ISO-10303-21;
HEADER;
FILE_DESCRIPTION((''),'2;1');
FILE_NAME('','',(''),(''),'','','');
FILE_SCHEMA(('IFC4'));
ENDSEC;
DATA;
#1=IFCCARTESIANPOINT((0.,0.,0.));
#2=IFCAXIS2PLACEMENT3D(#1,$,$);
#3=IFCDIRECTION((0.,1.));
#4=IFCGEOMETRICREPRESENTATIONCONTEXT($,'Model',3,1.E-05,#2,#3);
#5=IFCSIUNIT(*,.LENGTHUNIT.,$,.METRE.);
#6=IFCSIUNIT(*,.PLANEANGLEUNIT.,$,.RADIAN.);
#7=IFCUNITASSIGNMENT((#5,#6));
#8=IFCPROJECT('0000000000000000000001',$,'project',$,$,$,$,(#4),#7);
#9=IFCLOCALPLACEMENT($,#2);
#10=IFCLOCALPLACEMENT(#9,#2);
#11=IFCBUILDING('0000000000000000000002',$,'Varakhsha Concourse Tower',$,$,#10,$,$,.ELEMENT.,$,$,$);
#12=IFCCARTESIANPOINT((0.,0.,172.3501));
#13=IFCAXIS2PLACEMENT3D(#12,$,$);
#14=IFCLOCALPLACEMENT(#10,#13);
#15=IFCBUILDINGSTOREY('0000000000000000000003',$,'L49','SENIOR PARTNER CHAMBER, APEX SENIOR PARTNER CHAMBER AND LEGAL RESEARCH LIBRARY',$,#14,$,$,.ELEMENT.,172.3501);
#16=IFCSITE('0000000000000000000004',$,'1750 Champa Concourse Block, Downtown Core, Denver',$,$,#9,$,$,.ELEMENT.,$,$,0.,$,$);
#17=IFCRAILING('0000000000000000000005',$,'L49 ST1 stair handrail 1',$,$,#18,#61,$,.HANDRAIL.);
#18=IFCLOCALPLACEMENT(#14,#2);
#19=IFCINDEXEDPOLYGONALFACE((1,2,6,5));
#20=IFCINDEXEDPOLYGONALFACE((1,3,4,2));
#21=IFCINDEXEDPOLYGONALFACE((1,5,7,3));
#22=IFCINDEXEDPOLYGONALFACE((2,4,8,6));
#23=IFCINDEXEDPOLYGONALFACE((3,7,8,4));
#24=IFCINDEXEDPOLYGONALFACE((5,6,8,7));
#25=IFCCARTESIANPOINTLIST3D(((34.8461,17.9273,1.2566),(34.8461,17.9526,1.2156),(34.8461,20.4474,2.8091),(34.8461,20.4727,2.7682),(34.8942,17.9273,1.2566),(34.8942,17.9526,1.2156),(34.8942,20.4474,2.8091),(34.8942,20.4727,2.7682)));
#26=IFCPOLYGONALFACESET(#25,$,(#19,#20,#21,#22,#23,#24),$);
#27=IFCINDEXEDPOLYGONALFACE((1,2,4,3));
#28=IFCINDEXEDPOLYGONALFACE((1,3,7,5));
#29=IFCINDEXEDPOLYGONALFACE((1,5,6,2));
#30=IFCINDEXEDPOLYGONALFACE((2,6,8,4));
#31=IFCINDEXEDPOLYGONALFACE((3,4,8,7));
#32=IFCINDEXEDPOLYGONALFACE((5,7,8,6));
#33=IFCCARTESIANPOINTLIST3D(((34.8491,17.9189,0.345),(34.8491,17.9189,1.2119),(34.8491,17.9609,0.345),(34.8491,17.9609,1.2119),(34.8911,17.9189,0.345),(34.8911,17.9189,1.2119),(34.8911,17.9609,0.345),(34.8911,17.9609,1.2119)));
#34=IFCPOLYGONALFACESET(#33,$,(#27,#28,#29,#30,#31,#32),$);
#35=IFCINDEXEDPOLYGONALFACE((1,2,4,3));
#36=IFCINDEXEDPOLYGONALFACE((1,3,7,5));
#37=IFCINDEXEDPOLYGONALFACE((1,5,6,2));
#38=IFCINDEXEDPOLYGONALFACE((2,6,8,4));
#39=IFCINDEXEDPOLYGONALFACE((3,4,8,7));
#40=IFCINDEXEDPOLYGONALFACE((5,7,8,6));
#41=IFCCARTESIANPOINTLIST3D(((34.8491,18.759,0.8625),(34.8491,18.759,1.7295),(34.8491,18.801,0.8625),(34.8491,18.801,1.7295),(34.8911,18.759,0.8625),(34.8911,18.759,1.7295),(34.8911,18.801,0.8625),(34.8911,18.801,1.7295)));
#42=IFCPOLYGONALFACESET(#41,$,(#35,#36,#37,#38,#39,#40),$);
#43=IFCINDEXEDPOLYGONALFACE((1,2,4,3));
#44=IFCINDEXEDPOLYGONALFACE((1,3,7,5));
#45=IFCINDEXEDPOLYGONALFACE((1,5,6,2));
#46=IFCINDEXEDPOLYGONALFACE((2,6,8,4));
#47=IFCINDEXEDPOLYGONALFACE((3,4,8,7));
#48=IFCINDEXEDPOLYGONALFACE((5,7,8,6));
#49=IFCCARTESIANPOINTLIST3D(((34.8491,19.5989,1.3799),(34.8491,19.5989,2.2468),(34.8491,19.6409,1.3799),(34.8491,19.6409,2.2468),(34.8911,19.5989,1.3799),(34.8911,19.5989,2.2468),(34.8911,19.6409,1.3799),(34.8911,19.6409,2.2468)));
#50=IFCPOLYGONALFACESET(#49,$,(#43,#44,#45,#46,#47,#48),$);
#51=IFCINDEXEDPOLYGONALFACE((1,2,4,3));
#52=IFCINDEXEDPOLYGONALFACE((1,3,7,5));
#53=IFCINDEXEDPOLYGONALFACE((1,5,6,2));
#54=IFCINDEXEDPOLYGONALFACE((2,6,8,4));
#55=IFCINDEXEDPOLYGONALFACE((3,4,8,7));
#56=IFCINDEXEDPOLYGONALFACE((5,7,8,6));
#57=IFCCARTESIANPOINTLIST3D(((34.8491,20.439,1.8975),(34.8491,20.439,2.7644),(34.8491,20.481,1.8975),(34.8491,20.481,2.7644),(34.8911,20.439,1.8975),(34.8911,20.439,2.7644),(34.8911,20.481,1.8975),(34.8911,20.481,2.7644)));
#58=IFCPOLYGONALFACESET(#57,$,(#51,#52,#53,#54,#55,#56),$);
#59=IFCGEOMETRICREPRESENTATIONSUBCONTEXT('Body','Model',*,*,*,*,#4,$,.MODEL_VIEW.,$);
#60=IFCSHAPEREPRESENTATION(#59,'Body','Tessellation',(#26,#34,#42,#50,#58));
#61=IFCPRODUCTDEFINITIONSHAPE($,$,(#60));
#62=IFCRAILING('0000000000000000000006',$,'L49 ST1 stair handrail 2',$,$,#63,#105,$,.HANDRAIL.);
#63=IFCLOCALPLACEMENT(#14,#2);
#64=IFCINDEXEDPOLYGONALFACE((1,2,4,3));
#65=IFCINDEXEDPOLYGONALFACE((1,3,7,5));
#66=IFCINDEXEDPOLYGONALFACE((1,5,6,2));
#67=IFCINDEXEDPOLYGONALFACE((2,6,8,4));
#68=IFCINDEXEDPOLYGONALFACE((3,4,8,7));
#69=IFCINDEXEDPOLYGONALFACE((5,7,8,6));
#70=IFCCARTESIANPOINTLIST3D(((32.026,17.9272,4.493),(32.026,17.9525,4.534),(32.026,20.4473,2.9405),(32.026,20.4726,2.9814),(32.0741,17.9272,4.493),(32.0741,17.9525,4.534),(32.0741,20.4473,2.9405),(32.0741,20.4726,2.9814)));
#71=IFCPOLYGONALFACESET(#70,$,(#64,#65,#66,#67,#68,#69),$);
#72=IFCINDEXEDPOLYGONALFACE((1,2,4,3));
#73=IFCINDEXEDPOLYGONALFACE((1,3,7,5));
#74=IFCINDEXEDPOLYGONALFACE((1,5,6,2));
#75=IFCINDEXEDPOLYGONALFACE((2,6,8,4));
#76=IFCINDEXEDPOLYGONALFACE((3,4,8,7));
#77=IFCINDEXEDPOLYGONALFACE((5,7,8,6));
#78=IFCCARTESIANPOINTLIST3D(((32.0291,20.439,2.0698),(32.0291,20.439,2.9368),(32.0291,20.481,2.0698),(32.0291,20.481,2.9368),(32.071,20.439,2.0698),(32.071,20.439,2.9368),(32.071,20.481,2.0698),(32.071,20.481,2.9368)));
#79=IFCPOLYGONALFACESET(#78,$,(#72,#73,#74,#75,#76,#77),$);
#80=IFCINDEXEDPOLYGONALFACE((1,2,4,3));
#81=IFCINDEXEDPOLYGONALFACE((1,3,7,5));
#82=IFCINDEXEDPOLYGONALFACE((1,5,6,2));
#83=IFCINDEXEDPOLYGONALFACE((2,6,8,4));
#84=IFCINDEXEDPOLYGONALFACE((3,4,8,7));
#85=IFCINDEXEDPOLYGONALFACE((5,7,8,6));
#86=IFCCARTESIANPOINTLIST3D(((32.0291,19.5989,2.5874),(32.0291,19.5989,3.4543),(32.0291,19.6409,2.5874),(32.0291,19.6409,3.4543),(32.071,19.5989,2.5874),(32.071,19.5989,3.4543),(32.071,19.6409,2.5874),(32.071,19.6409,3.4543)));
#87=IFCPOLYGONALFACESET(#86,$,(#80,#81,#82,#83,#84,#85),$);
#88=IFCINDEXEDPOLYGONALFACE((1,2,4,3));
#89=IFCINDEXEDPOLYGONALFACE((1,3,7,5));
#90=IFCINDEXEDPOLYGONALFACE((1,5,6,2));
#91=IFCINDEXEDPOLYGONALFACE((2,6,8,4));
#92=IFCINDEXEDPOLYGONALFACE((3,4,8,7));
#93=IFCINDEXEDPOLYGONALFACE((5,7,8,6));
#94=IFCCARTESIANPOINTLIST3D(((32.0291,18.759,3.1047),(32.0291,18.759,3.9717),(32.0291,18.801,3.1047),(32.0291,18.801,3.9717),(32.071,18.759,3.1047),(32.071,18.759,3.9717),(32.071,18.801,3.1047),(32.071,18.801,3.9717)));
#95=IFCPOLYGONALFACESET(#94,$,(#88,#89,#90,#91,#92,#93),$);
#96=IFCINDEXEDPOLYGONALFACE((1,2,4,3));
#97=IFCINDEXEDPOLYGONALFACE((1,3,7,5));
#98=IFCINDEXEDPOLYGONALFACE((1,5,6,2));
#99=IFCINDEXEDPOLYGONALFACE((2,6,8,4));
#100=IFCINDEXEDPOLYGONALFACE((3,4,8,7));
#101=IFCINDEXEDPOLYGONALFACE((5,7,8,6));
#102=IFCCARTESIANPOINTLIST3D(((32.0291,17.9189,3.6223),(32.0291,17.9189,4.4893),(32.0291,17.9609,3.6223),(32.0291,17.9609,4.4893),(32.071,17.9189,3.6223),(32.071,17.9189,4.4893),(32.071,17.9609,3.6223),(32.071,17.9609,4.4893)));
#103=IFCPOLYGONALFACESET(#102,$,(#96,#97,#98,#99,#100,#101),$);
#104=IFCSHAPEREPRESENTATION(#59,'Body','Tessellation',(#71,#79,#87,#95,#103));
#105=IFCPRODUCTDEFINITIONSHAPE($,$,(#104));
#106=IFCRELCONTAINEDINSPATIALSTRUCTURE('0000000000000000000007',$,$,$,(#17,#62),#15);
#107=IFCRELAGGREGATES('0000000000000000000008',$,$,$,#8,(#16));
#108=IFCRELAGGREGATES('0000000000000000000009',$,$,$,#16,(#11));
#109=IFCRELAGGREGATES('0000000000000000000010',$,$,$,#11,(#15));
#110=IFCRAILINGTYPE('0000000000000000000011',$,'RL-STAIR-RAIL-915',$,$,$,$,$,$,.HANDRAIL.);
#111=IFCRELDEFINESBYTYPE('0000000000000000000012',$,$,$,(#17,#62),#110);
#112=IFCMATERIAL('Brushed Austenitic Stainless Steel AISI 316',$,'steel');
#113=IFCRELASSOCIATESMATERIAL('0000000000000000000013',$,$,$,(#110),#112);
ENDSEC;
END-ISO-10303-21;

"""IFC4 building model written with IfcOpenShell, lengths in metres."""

from ifc_helpers import new_model, si_unit, direction, frame, origin, origin_2d, place, context, subcontext, project, spatial, rectangle, extrude, material, type_object, element, save


model = new_model("IFC4")

# Units and contexts
model_context = context("Model", 3, precision=1e-05, world=origin(), true_north=direction((0.0, 1.0)))
body_context = subcontext(model_context, "Body", "Model", "MODEL_VIEW")
ifc_project = project(units=[si_unit("LENGTHUNIT", "METRE"), si_unit("PLANEANGLEUNIT", "RADIAN")], contexts=[model_context])

# Site, building, storey
site_placement = place(None, origin())
site = spatial("IfcSite", under=ifc_project, at=site_placement, Name="1750 Champa Concourse Block, Downtown Core, Denver", CompositionType="ELEMENT", RefElevation=0.0)
building_placement = place(site_placement, origin())
building = spatial("IfcBuilding", under=site, at=building_placement, Name="Varakhsha Concourse Tower", CompositionType="ELEMENT")
storey_placement = place(building_placement, frame((0.0, 0.0, 172.3501)))
storey = spatial("IfcBuildingStorey", under=building, at=storey_placement, Name="L49", Description="SENIOR PARTNER CHAMBER, APEX SENIOR PARTNER CHAMBER AND LEGAL RESEARCH LIBRARY", CompositionType="ELEMENT", Elevation=172.3501)

# Railings
ifc_material_1 = material(Name="Brushed Austenitic Stainless Steel AISI 316", Category="steel")
railing_type_1 = type_object("IfcRailingType", Name="RL-STAIR-RAIL-915", PredefinedType="HANDRAIL", material=ifc_material_1)
railing_1_placement = place(storey_placement, frame((34.8701, 17.9399, 0.345)))
element("IfcRailing", 1, at=railing_1_placement, inside=storey, type_object=railing_type_1, Name="L49 ST1 stair handrail 1", PredefinedType="HANDRAIL", context=body_context, shape_type="SweptSolid", body=[
    extrude(rectangle(XDim=0.0481, YDim=0.0481, at=origin_2d()), frame((0.0, 0.0, 0.8911), z_axis=(0.0, 0.8514, 0.524516), x_axis=(-1.0, 0.0, 0.0)), (0.0, 0.0, 1.0), 2.96),
    extrude(rectangle(XDim=0.042, YDim=0.042, at=origin_2d()), origin(), (0.0, 0.0, 1.0), 0.8669),
    extrude(rectangle(XDim=0.042, YDim=0.042, at=origin_2d()), frame((0.0, 0.8401, 0.5176)), (0.0, 0.0, 1.0), 0.8669),
    extrude(rectangle(XDim=0.042, YDim=0.042, at=origin_2d()), frame((0.0, 1.6799, 1.0349)), (0.0, 0.0, 1.0), 0.8669),
    extrude(rectangle(XDim=0.042, YDim=0.042, at=origin_2d()), frame((0.0, 2.52, 1.5525)), (0.0, 0.0, 1.0), 0.8669),
])
railing_2_placement = place(storey_placement, frame((32.05, 20.46, 2.0698)))
element("IfcRailing", 2, at=railing_2_placement, inside=storey, type_object=railing_type_1, Name="L49 ST1 stair handrail 2", PredefinedType="HANDRAIL", context=body_context, shape_type="SweptSolid", body=[
    extrude(rectangle(XDim=0.0481, YDim=0.0481, at=origin_2d()), frame((0.0, 0.0, 0.8911), z_axis=(0.0, -0.8514, 0.524516), x_axis=(1.0, 0.0, 0.0)), (0.0, 0.0, 1.0), 2.96),
    extrude(rectangle(XDim=0.042, YDim=0.042, at=origin_2d()), origin(), (0.0, 0.0, 1.0), 0.8669),
    extrude(rectangle(XDim=0.042, YDim=0.042, at=origin_2d()), frame((0.0, -0.8401, 0.5176)), (0.0, 0.0, 1.0), 0.8669),
    extrude(rectangle(XDim=0.042, YDim=0.042, at=origin_2d()), frame((0.0, -1.6799, 1.0349)), (0.0, 0.0, 1.0), 0.8669),
    extrude(rectangle(XDim=0.042, YDim=0.042, at=origin_2d()), frame((0.0, -2.52, 1.5525)), (0.0, 0.0, 1.0), 0.8669),
])

save(model, "model.ifc")
